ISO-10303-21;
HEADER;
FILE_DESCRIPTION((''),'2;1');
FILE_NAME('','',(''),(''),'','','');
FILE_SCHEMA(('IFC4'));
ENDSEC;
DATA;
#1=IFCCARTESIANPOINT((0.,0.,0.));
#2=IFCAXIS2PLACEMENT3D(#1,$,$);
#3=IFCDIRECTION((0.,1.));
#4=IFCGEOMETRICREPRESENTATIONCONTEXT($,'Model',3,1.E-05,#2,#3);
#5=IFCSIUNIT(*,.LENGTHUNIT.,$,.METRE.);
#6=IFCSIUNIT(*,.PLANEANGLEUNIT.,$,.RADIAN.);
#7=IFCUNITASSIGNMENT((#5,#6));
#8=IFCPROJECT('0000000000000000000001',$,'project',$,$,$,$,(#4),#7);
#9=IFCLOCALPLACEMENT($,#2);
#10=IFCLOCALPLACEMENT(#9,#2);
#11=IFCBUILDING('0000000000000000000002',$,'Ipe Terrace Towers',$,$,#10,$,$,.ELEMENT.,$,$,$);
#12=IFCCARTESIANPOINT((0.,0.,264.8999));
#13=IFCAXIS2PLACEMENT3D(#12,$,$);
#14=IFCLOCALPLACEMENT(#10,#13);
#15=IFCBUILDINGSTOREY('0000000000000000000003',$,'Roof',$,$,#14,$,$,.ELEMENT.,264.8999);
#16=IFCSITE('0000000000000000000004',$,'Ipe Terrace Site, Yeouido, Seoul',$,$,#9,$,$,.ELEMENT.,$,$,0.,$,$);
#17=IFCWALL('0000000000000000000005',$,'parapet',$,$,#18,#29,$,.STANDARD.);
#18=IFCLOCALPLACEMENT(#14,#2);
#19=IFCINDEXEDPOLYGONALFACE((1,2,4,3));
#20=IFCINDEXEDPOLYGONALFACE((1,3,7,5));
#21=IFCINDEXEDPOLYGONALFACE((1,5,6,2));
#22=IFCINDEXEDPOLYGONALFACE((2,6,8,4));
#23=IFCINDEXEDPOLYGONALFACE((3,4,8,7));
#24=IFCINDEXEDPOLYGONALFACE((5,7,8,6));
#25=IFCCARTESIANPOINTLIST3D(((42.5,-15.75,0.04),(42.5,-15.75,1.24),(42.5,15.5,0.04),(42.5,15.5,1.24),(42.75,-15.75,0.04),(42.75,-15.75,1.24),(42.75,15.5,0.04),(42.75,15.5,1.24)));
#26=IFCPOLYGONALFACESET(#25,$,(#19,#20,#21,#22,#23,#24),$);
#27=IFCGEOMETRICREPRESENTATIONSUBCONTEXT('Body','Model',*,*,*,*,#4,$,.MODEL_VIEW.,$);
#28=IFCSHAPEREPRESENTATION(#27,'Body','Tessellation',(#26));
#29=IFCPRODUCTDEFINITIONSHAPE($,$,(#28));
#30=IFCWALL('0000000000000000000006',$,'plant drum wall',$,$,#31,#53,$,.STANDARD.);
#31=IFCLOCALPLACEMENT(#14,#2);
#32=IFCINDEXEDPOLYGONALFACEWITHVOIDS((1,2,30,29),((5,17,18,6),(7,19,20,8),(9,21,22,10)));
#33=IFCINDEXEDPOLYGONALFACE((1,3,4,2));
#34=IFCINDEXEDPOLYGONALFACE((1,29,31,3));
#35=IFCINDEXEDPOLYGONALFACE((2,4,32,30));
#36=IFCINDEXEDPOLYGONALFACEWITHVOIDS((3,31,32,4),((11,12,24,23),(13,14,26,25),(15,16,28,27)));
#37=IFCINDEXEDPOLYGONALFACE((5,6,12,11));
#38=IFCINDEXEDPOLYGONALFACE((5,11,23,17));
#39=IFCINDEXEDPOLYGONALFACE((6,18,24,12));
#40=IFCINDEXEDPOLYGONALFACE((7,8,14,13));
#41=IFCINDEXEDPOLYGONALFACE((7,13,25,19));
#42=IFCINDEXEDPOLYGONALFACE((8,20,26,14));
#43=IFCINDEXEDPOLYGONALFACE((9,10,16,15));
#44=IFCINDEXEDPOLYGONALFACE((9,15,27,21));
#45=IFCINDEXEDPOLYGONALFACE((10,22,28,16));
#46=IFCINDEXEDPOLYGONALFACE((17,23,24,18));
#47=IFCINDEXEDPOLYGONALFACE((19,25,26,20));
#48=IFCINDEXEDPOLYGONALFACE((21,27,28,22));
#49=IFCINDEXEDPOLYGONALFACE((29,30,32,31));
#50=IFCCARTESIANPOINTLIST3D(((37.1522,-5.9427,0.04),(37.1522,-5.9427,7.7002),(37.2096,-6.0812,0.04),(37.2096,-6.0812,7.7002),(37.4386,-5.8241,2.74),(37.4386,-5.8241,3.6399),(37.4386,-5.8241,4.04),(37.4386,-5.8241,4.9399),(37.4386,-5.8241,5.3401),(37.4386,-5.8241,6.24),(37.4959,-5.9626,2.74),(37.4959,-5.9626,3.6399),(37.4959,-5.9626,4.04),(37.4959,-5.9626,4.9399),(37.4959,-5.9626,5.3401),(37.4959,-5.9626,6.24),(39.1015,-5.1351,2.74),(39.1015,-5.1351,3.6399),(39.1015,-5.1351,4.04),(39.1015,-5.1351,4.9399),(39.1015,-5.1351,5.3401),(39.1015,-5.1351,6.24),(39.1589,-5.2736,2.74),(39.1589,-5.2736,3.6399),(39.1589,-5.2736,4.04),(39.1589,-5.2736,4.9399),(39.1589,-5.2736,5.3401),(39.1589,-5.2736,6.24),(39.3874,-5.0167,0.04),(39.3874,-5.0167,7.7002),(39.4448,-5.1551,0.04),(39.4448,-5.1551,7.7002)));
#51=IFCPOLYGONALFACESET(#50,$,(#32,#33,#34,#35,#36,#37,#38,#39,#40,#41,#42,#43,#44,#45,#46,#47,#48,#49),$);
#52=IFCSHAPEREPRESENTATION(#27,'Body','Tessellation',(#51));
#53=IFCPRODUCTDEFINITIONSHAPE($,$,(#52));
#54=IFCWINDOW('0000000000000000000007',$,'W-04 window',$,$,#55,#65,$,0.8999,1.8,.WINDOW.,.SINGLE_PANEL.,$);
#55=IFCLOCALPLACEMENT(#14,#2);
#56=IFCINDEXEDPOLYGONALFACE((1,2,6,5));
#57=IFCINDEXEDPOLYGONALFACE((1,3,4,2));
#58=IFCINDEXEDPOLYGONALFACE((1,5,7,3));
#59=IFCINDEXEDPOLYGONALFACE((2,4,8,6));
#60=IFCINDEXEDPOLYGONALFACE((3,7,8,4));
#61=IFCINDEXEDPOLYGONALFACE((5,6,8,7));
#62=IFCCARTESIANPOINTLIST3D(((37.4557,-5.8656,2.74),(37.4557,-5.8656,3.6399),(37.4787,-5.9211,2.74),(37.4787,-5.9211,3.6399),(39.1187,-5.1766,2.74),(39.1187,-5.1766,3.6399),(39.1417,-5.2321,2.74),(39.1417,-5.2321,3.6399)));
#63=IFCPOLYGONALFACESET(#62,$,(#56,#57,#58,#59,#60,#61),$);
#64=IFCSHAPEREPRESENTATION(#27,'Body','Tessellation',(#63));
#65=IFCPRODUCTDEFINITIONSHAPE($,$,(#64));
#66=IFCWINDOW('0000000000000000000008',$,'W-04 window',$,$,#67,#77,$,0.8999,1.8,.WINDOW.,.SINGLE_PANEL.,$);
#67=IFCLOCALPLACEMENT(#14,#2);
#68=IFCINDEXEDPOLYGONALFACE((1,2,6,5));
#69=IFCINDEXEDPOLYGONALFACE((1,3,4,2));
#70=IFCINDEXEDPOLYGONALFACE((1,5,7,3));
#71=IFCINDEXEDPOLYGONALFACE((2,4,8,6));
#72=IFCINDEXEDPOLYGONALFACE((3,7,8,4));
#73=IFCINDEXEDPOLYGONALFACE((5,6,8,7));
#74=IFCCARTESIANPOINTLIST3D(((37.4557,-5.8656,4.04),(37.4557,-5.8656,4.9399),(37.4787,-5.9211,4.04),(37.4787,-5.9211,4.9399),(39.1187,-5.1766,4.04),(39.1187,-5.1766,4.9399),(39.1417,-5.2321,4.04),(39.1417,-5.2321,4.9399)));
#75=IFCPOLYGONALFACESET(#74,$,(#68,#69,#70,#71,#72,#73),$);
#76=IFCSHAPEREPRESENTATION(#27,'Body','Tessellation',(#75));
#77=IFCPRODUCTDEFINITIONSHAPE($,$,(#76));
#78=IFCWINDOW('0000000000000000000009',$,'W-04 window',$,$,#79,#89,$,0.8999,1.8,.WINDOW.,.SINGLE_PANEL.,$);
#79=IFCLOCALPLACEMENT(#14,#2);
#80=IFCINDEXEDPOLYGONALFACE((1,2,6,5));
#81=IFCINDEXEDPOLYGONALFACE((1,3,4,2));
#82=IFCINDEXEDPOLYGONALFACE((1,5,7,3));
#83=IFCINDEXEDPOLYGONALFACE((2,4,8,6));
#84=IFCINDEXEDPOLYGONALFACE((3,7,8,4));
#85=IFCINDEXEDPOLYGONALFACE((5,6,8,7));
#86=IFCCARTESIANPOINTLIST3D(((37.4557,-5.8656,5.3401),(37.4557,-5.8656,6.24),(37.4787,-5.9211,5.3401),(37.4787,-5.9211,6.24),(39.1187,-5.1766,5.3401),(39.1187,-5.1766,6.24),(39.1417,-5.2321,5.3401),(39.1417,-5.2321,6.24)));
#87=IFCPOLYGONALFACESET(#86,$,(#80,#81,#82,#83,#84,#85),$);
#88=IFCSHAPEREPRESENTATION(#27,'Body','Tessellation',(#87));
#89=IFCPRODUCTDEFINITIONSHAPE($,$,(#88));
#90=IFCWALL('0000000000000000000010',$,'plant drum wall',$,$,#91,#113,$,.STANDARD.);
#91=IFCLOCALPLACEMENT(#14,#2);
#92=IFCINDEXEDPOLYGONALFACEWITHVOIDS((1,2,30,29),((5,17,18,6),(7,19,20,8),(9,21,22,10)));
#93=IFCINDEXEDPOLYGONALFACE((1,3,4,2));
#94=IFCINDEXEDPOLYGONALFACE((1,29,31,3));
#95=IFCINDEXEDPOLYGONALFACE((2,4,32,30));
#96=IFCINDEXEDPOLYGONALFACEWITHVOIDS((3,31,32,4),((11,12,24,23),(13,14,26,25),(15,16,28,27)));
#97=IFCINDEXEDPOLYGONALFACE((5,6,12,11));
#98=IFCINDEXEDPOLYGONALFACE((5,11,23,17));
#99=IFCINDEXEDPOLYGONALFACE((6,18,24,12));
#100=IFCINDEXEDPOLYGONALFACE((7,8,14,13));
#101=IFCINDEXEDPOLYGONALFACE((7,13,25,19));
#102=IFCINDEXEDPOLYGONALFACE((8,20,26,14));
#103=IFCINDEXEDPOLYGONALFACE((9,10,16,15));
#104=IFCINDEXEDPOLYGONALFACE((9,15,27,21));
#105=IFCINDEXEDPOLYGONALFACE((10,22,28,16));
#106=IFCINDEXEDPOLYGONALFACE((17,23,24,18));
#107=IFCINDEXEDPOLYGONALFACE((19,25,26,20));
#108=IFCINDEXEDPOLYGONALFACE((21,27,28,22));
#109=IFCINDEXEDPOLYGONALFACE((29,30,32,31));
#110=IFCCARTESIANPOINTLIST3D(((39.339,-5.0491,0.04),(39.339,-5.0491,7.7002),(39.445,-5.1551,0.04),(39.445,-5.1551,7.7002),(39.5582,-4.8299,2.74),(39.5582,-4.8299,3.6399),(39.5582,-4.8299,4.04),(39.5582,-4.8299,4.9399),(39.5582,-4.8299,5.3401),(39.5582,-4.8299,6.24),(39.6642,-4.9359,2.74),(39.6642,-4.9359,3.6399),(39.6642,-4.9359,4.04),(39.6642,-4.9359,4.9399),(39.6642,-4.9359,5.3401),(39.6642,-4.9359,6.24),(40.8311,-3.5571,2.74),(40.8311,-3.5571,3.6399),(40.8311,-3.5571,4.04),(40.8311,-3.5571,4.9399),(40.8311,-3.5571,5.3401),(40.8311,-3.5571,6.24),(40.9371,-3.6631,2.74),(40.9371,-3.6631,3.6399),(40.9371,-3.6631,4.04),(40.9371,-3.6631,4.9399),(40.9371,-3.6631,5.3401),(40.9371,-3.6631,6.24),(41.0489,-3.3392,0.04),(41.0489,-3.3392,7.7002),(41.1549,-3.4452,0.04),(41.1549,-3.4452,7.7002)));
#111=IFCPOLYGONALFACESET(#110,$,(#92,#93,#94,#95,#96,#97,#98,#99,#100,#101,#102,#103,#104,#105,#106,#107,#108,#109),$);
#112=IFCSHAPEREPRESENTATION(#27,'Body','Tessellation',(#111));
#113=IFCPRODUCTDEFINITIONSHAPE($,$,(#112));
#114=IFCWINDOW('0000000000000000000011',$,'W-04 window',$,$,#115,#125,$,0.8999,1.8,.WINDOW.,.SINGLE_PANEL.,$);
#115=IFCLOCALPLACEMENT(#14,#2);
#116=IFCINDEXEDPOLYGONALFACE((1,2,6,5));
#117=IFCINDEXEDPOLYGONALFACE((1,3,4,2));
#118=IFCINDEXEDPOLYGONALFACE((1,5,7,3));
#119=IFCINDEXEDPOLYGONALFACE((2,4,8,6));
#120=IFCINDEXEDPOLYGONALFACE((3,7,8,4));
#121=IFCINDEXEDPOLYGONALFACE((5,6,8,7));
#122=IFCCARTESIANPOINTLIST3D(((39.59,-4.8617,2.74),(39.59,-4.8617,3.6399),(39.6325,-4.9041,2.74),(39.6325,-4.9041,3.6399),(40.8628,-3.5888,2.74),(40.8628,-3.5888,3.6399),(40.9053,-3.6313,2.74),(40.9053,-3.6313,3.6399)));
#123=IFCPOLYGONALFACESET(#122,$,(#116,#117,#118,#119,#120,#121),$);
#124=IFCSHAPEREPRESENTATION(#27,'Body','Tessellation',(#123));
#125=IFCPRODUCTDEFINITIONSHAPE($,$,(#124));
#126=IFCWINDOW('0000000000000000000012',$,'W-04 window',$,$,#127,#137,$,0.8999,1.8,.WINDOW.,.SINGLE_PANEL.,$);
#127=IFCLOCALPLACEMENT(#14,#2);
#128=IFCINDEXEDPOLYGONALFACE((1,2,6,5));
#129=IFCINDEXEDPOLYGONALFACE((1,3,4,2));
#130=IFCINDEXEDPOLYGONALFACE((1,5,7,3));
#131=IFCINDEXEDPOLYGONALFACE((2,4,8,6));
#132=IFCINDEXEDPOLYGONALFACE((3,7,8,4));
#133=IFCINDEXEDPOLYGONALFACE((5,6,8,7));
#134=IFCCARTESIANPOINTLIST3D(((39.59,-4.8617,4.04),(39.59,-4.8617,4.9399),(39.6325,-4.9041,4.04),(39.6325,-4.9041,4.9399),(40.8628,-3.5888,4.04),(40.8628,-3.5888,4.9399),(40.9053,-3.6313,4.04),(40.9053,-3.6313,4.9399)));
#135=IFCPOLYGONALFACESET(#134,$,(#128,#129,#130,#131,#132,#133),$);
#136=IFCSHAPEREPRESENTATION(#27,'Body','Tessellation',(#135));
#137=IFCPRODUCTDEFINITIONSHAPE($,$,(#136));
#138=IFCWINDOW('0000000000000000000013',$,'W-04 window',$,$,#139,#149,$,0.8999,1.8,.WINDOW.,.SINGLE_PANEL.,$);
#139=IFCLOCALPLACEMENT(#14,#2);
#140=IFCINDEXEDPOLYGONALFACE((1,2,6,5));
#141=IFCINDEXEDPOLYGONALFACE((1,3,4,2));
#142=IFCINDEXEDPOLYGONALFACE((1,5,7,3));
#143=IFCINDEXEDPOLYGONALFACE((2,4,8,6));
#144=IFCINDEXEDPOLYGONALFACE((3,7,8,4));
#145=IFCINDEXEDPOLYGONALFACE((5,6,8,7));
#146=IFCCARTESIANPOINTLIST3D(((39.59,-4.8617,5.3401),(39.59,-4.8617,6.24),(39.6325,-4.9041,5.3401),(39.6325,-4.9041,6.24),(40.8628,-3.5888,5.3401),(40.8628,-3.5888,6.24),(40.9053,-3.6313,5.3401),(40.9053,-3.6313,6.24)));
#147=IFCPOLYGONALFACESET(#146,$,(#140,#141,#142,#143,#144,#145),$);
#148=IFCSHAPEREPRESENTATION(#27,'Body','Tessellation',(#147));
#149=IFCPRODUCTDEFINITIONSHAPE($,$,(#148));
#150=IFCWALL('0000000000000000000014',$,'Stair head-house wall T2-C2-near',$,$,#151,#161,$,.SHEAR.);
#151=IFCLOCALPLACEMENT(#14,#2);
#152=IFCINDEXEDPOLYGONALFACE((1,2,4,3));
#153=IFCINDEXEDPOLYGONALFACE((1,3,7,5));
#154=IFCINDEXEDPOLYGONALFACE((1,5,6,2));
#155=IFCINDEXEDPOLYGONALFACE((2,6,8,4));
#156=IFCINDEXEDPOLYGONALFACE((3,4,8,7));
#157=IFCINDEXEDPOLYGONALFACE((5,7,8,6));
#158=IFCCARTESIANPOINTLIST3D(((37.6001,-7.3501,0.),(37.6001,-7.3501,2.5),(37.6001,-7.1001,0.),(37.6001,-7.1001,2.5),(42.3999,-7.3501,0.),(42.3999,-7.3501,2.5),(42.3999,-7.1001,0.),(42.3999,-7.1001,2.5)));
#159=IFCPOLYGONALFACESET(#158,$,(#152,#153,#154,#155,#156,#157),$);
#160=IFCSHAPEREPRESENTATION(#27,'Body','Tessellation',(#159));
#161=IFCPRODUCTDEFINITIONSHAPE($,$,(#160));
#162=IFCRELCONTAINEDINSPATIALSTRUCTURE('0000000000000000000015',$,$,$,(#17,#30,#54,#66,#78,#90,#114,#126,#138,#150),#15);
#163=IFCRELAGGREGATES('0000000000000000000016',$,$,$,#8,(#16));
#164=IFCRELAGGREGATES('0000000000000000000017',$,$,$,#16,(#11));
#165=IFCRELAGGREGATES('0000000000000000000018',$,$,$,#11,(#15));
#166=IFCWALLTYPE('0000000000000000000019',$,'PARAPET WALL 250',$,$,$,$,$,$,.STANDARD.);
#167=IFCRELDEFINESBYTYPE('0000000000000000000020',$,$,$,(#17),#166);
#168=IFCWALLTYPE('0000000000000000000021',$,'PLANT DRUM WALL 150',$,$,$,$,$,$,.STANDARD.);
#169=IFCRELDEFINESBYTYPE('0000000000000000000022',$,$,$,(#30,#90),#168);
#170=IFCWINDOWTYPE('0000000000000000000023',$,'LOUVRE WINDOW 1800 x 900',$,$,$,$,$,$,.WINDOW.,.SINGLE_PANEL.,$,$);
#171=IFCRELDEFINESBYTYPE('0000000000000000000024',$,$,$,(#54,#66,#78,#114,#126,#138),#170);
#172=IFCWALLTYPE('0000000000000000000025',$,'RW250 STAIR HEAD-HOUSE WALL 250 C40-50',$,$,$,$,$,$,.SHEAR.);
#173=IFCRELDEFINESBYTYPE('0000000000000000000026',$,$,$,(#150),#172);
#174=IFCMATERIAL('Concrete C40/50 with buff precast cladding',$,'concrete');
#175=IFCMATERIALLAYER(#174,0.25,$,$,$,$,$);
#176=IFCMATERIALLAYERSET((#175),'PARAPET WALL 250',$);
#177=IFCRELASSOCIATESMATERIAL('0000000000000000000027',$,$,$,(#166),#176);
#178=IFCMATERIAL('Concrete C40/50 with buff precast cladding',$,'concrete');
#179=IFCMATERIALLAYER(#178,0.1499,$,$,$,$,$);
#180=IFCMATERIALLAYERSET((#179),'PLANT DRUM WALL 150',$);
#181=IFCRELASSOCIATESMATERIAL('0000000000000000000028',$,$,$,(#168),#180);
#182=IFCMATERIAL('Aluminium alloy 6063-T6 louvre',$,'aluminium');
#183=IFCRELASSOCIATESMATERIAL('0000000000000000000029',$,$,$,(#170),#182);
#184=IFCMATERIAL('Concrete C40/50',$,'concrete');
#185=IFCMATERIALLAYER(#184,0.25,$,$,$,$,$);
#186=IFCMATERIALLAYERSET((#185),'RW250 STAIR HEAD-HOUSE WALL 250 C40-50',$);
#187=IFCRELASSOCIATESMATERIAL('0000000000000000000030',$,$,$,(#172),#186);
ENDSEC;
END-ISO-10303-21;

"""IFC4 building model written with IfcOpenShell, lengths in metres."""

from ifc_helpers import new_model, si_unit, direction, frame, frame_2d, origin, place, context, subcontext, project, spatial, rectangle, extrude, material, layer, layer_set, type_object, element, fill, save


model = new_model("IFC4")

# Units and contexts
model_context = context("Model", 3, precision=1e-05, world=origin(), true_north=direction((0.0, 1.0)))
body_context = subcontext(model_context, "Body", "Model", "MODEL_VIEW")
ifc_project = project(units=[si_unit("LENGTHUNIT", "METRE"), si_unit("PLANEANGLEUNIT", "RADIAN")], contexts=[model_context])

# Site, building, storey
site_placement = place(None, origin())
site = spatial("IfcSite", under=ifc_project, at=site_placement, Name="Ipe Terrace Site, Yeouido, Seoul", CompositionType="ELEMENT", RefElevation=0.0)
building_placement = place(site_placement, origin())
building = spatial("IfcBuilding", under=site, at=building_placement, Name="Ipe Terrace Towers", CompositionType="ELEMENT")
storey_placement = place(building_placement, frame((0.0, 0.0, 264.8999)))
storey = spatial("IfcBuildingStorey", under=building, at=storey_placement, Name="Roof", CompositionType="ELEMENT", Elevation=264.8999)

# Wall
ifc_material_1 = material(Name="Concrete C40/50 with buff precast cladding", Category="concrete")
ifc_layer_1 = layer(ifc_material_1, 0.25)
ifc_layer_set_1 = layer_set([ifc_layer_1], Name="PARAPET WALL 250")
wall_type_1 = type_object("IfcWallType", Name="PARAPET WALL 250", PredefinedType="STANDARD", material=ifc_layer_set_1)
wall_1_placement = place(storey_placement, frame((42.625, -15.75, 0.04), z_axis=(0.0, 0.0, 1.0), x_axis=(0.0, 1.0, 0.0)))
element("IfcWall", 1, at=wall_1_placement, inside=storey, type_object=wall_type_1, Name="parapet", PredefinedType="STANDARD", context=body_context, shape_type="SweptSolid", body=[
    extrude(rectangle(XDim=31.25, YDim=0.25, at=frame_2d((15.625, 0.0))), origin(), (0.0, 0.0, 1.0), 1.2),
])

# Walls, openings, windows
ifc_material_2 = material(Name="Concrete C40/50 with buff precast cladding", Category="concrete")
ifc_layer_2 = layer(ifc_material_2, 0.1499)
ifc_layer_set_2 = layer_set([ifc_layer_2], Name="PLANT DRUM WALL 150")
wall_type_2 = type_object("IfcWallType", Name="PLANT DRUM WALL 150", PredefinedType="STANDARD", material=ifc_layer_set_2)
wall_2_placement = place(storey_placement, frame((37.1809, -6.012, 0.04), z_axis=(0.0, 0.0, 1.0), x_axis=(0.923848, 0.382759, 0.0)))
wall_2 = element("IfcWall", 2, at=wall_2_placement, inside=storey, type_object=wall_type_2, Name="plant drum wall", PredefinedType="STANDARD", context=body_context, shape_type="SweptSolid", body=[
    extrude(rectangle(XDim=2.4194, YDim=0.1499, at=frame_2d((1.2097, 0.0))), origin(), (0.0, 0.0, 1.0), 7.6602),
])
opening_1_placement = place(wall_2_placement, frame((0.3101, 0.0, 2.7)))
opening_1 = element("IfcOpeningElement", 3, at=opening_1_placement, cuts=wall_2, PredefinedType="OPENING", context=body_context, shape_type="SweptSolid", body=[
    extrude(rectangle(XDim=1.8, YDim=0.8999, at=frame_2d((0.8999, 0.45))), frame((0.0, 0.085, 0.0), z_axis=(0.0, -1.0, 0.0), x_axis=(1.0, 0.0, 0.0)), (0.0, 0.0, 1.0), 0.1699),
])
opening_2_placement = place(wall_2_placement, frame((0.3101, 0.0, 4.0)))
opening_2 = element("IfcOpeningElement", 4, at=opening_2_placement, cuts=wall_2, PredefinedType="OPENING", context=body_context, shape_type="SweptSolid", body=[
    extrude(rectangle(XDim=1.8, YDim=0.8999, at=frame_2d((0.8999, 0.45))), frame((0.0, 0.085, 0.0), z_axis=(0.0, -1.0, 0.0), x_axis=(1.0, 0.0, 0.0)), (0.0, 0.0, 1.0), 0.1699),
])
opening_3_placement = place(wall_2_placement, frame((0.3101, 0.0, 5.3)))
opening_3 = element("IfcOpeningElement", 5, at=opening_3_placement, cuts=wall_2, PredefinedType="OPENING", context=body_context, shape_type="SweptSolid", body=[
    extrude(rectangle(XDim=1.8, YDim=0.8999, at=frame_2d((0.8999, 0.45))), frame((0.0, 0.085, 0.0), z_axis=(0.0, -1.0, 0.0), x_axis=(1.0, 0.0, 0.0)), (0.0, 0.0, 1.0), 0.1699),
])
ifc_material_3 = material(Name="Aluminium alloy 6063-T6 louvre", Category="aluminium")
window_type = type_object("IfcWindowType", Name="LOUVRE WINDOW 1800 x 900", PartitioningType="SINGLE_PANEL", PredefinedType="WINDOW", material=ifc_material_3)
window_1_placement = place(opening_1_placement, origin())
window_1 = element("IfcWindow", 6, at=window_1_placement, inside=storey, type_object=window_type, Name="W-04 window", OverallHeight=0.8999, OverallWidth=1.8, PartitioningType="SINGLE_PANEL", PredefinedType="WINDOW", context=body_context, shape_type="SweptSolid", body=[
    extrude(rectangle(XDim=1.8, YDim=0.8999, at=frame_2d((0.8999, 0.45))), frame((0.0, 0.03, 0.0), z_axis=(0.0, -1.0, 0.0), x_axis=(1.0, 0.0, 0.0)), (0.0, 0.0, 1.0), 0.0601),
])
fill(opening_1, window_1)
window_2_placement = place(opening_2_placement, origin())
window_2 = element("IfcWindow", 7, at=window_2_placement, inside=storey, type_object=window_type, Name="W-04 window", OverallHeight=0.8999, OverallWidth=1.8, PartitioningType="SINGLE_PANEL", PredefinedType="WINDOW", context=body_context, shape_type="SweptSolid", body=[
    extrude(rectangle(XDim=1.8, YDim=0.8999, at=frame_2d((0.8999, 0.45))), frame((0.0, 0.03, 0.0), z_axis=(0.0, -1.0, 0.0), x_axis=(1.0, 0.0, 0.0)), (0.0, 0.0, 1.0), 0.0601),
])
fill(opening_2, window_2)
window_3_placement = place(opening_3_placement, origin())
window_3 = element("IfcWindow", 8, at=window_3_placement, inside=storey, type_object=window_type, Name="W-04 window", OverallHeight=0.8999, OverallWidth=1.8, PartitioningType="SINGLE_PANEL", PredefinedType="WINDOW", context=body_context, shape_type="SweptSolid", body=[
    extrude(rectangle(XDim=1.8, YDim=0.8999, at=frame_2d((0.8999, 0.45))), frame((0.0, 0.03, 0.0), z_axis=(0.0, -1.0, 0.0), x_axis=(1.0, 0.0, 0.0)), (0.0, 0.0, 1.0), 0.0601),
])
fill(opening_3, window_3)
wall_3_placement = place(storey_placement, frame((39.3921, -5.1021, 0.04), z_axis=(0.0, 0.0, 1.0), x_axis=(0.707107, 0.707107, 0.0)))
wall_3 = element("IfcWall", 9, at=wall_3_placement, inside=storey, type_object=wall_type_2, Name="plant drum wall", PredefinedType="STANDARD", context=body_context, shape_type="SweptSolid", body=[
    extrude(rectangle(XDim=2.4182, YDim=0.1499, at=frame_2d((1.209, 0.0))), origin(), (0.0, 0.0, 1.0), 7.6602),
])
opening_4_placement = place(wall_3_placement, frame((0.3101, 0.0, 2.7)))
opening_4 = element("IfcOpeningElement", 10, at=opening_4_placement, cuts=wall_3, PredefinedType="OPENING", context=body_context, shape_type="SweptSolid", body=[
    extrude(rectangle(XDim=1.8, YDim=0.8999, at=frame_2d((0.8999, 0.45))), frame((0.0, 0.085, 0.0), z_axis=(0.0, -1.0, 0.0), x_axis=(1.0, 0.0, 0.0)), (0.0, 0.0, 1.0), 0.1699),
])
opening_5_placement = place(wall_3_placement, frame((0.3101, 0.0, 4.0)))
opening_5 = element("IfcOpeningElement", 11, at=opening_5_placement, cuts=wall_3, PredefinedType="OPENING", context=body_context, shape_type="SweptSolid", body=[
    extrude(rectangle(XDim=1.8, YDim=0.8999, at=frame_2d((0.8999, 0.45))), frame((0.0, 0.085, 0.0), z_axis=(0.0, -1.0, 0.0), x_axis=(1.0, 0.0, 0.0)), (0.0, 0.0, 1.0), 0.1699),
])
opening_6_placement = place(wall_3_placement, frame((0.3101, 0.0, 5.3)))
opening_6 = element("IfcOpeningElement", 12, at=opening_6_placement, cuts=wall_3, PredefinedType="OPENING", context=body_context, shape_type="SweptSolid", body=[
    extrude(rectangle(XDim=1.8, YDim=0.8999, at=frame_2d((0.8999, 0.45))), frame((0.0, 0.085, 0.0), z_axis=(0.0, -1.0, 0.0), x_axis=(1.0, 0.0, 0.0)), (0.0, 0.0, 1.0), 0.1699),
])
window_4_placement = place(opening_4_placement, origin())
window_4 = element("IfcWindow", 13, at=window_4_placement, inside=storey, type_object=window_type, Name="W-04 window", OverallHeight=0.8999, OverallWidth=1.8, PartitioningType="SINGLE_PANEL", PredefinedType="WINDOW", context=body_context, shape_type="SweptSolid", body=[
    extrude(rectangle(XDim=1.8, YDim=0.8999, at=frame_2d((0.8999, 0.45))), frame((0.0, 0.03, 0.0), z_axis=(0.0, -1.0, 0.0), x_axis=(1.0, 0.0, 0.0)), (0.0, 0.0, 1.0), 0.0601),
])
fill(opening_4, window_4)
window_5_placement = place(opening_5_placement, origin())
window_5 = element("IfcWindow", 14, at=window_5_placement, inside=storey, type_object=window_type, Name="W-04 window", OverallHeight=0.8999, OverallWidth=1.8, PartitioningType="SINGLE_PANEL", PredefinedType="WINDOW", context=body_context, shape_type="SweptSolid", body=[
    extrude(rectangle(XDim=1.8, YDim=0.8999, at=frame_2d((0.8999, 0.45))), frame((0.0, 0.03, 0.0), z_axis=(0.0, -1.0, 0.0), x_axis=(1.0, 0.0, 0.0)), (0.0, 0.0, 1.0), 0.0601),
])
fill(opening_5, window_5)
window_6_placement = place(opening_6_placement, origin())
window_6 = element("IfcWindow", 15, at=window_6_placement, inside=storey, type_object=window_type, Name="W-04 window", OverallHeight=0.8999, OverallWidth=1.8, PartitioningType="SINGLE_PANEL", PredefinedType="WINDOW", context=body_context, shape_type="SweptSolid", body=[
    extrude(rectangle(XDim=1.8, YDim=0.8999, at=frame_2d((0.8999, 0.45))), frame((0.0, 0.03, 0.0), z_axis=(0.0, -1.0, 0.0), x_axis=(1.0, 0.0, 0.0)), (0.0, 0.0, 1.0), 0.0601),
])
fill(opening_6, window_6)

# Wall
ifc_material_4 = material(Name="Concrete C40/50", Category="concrete")
ifc_layer_3 = layer(ifc_material_4, 0.25)
ifc_layer_set_3 = layer_set([ifc_layer_3], Name="RW250 STAIR HEAD-HOUSE WALL 250 C40-50")
wall_type_3 = type_object("IfcWallType", Name="RW250 STAIR HEAD-HOUSE WALL 250 C40-50", PredefinedType="SHEAR", material=ifc_layer_set_3)
for number, where, z_axis, x_axis, name in (
    (16, (37.6001, -7.2251, 0.0), (0.0, 0.0, 1.0), (1.0, 0.0, 0.0), "Stair head-house wall T2-C2-near"),
):
    element("IfcWall", number, at=place(storey_placement, frame(where, z_axis=z_axis, x_axis=x_axis)), inside=storey, type_object=wall_type_3, Name=name, PredefinedType="SHEAR", context=body_context, shape_type="SweptSolid", body=[
        extrude(rectangle(XDim=4.7998, YDim=0.25, at=frame_2d((2.3999, 0.0))), origin(), (0.0, 0.0, 1.0), 2.5),
    ])

save(model, "model.ifc")
